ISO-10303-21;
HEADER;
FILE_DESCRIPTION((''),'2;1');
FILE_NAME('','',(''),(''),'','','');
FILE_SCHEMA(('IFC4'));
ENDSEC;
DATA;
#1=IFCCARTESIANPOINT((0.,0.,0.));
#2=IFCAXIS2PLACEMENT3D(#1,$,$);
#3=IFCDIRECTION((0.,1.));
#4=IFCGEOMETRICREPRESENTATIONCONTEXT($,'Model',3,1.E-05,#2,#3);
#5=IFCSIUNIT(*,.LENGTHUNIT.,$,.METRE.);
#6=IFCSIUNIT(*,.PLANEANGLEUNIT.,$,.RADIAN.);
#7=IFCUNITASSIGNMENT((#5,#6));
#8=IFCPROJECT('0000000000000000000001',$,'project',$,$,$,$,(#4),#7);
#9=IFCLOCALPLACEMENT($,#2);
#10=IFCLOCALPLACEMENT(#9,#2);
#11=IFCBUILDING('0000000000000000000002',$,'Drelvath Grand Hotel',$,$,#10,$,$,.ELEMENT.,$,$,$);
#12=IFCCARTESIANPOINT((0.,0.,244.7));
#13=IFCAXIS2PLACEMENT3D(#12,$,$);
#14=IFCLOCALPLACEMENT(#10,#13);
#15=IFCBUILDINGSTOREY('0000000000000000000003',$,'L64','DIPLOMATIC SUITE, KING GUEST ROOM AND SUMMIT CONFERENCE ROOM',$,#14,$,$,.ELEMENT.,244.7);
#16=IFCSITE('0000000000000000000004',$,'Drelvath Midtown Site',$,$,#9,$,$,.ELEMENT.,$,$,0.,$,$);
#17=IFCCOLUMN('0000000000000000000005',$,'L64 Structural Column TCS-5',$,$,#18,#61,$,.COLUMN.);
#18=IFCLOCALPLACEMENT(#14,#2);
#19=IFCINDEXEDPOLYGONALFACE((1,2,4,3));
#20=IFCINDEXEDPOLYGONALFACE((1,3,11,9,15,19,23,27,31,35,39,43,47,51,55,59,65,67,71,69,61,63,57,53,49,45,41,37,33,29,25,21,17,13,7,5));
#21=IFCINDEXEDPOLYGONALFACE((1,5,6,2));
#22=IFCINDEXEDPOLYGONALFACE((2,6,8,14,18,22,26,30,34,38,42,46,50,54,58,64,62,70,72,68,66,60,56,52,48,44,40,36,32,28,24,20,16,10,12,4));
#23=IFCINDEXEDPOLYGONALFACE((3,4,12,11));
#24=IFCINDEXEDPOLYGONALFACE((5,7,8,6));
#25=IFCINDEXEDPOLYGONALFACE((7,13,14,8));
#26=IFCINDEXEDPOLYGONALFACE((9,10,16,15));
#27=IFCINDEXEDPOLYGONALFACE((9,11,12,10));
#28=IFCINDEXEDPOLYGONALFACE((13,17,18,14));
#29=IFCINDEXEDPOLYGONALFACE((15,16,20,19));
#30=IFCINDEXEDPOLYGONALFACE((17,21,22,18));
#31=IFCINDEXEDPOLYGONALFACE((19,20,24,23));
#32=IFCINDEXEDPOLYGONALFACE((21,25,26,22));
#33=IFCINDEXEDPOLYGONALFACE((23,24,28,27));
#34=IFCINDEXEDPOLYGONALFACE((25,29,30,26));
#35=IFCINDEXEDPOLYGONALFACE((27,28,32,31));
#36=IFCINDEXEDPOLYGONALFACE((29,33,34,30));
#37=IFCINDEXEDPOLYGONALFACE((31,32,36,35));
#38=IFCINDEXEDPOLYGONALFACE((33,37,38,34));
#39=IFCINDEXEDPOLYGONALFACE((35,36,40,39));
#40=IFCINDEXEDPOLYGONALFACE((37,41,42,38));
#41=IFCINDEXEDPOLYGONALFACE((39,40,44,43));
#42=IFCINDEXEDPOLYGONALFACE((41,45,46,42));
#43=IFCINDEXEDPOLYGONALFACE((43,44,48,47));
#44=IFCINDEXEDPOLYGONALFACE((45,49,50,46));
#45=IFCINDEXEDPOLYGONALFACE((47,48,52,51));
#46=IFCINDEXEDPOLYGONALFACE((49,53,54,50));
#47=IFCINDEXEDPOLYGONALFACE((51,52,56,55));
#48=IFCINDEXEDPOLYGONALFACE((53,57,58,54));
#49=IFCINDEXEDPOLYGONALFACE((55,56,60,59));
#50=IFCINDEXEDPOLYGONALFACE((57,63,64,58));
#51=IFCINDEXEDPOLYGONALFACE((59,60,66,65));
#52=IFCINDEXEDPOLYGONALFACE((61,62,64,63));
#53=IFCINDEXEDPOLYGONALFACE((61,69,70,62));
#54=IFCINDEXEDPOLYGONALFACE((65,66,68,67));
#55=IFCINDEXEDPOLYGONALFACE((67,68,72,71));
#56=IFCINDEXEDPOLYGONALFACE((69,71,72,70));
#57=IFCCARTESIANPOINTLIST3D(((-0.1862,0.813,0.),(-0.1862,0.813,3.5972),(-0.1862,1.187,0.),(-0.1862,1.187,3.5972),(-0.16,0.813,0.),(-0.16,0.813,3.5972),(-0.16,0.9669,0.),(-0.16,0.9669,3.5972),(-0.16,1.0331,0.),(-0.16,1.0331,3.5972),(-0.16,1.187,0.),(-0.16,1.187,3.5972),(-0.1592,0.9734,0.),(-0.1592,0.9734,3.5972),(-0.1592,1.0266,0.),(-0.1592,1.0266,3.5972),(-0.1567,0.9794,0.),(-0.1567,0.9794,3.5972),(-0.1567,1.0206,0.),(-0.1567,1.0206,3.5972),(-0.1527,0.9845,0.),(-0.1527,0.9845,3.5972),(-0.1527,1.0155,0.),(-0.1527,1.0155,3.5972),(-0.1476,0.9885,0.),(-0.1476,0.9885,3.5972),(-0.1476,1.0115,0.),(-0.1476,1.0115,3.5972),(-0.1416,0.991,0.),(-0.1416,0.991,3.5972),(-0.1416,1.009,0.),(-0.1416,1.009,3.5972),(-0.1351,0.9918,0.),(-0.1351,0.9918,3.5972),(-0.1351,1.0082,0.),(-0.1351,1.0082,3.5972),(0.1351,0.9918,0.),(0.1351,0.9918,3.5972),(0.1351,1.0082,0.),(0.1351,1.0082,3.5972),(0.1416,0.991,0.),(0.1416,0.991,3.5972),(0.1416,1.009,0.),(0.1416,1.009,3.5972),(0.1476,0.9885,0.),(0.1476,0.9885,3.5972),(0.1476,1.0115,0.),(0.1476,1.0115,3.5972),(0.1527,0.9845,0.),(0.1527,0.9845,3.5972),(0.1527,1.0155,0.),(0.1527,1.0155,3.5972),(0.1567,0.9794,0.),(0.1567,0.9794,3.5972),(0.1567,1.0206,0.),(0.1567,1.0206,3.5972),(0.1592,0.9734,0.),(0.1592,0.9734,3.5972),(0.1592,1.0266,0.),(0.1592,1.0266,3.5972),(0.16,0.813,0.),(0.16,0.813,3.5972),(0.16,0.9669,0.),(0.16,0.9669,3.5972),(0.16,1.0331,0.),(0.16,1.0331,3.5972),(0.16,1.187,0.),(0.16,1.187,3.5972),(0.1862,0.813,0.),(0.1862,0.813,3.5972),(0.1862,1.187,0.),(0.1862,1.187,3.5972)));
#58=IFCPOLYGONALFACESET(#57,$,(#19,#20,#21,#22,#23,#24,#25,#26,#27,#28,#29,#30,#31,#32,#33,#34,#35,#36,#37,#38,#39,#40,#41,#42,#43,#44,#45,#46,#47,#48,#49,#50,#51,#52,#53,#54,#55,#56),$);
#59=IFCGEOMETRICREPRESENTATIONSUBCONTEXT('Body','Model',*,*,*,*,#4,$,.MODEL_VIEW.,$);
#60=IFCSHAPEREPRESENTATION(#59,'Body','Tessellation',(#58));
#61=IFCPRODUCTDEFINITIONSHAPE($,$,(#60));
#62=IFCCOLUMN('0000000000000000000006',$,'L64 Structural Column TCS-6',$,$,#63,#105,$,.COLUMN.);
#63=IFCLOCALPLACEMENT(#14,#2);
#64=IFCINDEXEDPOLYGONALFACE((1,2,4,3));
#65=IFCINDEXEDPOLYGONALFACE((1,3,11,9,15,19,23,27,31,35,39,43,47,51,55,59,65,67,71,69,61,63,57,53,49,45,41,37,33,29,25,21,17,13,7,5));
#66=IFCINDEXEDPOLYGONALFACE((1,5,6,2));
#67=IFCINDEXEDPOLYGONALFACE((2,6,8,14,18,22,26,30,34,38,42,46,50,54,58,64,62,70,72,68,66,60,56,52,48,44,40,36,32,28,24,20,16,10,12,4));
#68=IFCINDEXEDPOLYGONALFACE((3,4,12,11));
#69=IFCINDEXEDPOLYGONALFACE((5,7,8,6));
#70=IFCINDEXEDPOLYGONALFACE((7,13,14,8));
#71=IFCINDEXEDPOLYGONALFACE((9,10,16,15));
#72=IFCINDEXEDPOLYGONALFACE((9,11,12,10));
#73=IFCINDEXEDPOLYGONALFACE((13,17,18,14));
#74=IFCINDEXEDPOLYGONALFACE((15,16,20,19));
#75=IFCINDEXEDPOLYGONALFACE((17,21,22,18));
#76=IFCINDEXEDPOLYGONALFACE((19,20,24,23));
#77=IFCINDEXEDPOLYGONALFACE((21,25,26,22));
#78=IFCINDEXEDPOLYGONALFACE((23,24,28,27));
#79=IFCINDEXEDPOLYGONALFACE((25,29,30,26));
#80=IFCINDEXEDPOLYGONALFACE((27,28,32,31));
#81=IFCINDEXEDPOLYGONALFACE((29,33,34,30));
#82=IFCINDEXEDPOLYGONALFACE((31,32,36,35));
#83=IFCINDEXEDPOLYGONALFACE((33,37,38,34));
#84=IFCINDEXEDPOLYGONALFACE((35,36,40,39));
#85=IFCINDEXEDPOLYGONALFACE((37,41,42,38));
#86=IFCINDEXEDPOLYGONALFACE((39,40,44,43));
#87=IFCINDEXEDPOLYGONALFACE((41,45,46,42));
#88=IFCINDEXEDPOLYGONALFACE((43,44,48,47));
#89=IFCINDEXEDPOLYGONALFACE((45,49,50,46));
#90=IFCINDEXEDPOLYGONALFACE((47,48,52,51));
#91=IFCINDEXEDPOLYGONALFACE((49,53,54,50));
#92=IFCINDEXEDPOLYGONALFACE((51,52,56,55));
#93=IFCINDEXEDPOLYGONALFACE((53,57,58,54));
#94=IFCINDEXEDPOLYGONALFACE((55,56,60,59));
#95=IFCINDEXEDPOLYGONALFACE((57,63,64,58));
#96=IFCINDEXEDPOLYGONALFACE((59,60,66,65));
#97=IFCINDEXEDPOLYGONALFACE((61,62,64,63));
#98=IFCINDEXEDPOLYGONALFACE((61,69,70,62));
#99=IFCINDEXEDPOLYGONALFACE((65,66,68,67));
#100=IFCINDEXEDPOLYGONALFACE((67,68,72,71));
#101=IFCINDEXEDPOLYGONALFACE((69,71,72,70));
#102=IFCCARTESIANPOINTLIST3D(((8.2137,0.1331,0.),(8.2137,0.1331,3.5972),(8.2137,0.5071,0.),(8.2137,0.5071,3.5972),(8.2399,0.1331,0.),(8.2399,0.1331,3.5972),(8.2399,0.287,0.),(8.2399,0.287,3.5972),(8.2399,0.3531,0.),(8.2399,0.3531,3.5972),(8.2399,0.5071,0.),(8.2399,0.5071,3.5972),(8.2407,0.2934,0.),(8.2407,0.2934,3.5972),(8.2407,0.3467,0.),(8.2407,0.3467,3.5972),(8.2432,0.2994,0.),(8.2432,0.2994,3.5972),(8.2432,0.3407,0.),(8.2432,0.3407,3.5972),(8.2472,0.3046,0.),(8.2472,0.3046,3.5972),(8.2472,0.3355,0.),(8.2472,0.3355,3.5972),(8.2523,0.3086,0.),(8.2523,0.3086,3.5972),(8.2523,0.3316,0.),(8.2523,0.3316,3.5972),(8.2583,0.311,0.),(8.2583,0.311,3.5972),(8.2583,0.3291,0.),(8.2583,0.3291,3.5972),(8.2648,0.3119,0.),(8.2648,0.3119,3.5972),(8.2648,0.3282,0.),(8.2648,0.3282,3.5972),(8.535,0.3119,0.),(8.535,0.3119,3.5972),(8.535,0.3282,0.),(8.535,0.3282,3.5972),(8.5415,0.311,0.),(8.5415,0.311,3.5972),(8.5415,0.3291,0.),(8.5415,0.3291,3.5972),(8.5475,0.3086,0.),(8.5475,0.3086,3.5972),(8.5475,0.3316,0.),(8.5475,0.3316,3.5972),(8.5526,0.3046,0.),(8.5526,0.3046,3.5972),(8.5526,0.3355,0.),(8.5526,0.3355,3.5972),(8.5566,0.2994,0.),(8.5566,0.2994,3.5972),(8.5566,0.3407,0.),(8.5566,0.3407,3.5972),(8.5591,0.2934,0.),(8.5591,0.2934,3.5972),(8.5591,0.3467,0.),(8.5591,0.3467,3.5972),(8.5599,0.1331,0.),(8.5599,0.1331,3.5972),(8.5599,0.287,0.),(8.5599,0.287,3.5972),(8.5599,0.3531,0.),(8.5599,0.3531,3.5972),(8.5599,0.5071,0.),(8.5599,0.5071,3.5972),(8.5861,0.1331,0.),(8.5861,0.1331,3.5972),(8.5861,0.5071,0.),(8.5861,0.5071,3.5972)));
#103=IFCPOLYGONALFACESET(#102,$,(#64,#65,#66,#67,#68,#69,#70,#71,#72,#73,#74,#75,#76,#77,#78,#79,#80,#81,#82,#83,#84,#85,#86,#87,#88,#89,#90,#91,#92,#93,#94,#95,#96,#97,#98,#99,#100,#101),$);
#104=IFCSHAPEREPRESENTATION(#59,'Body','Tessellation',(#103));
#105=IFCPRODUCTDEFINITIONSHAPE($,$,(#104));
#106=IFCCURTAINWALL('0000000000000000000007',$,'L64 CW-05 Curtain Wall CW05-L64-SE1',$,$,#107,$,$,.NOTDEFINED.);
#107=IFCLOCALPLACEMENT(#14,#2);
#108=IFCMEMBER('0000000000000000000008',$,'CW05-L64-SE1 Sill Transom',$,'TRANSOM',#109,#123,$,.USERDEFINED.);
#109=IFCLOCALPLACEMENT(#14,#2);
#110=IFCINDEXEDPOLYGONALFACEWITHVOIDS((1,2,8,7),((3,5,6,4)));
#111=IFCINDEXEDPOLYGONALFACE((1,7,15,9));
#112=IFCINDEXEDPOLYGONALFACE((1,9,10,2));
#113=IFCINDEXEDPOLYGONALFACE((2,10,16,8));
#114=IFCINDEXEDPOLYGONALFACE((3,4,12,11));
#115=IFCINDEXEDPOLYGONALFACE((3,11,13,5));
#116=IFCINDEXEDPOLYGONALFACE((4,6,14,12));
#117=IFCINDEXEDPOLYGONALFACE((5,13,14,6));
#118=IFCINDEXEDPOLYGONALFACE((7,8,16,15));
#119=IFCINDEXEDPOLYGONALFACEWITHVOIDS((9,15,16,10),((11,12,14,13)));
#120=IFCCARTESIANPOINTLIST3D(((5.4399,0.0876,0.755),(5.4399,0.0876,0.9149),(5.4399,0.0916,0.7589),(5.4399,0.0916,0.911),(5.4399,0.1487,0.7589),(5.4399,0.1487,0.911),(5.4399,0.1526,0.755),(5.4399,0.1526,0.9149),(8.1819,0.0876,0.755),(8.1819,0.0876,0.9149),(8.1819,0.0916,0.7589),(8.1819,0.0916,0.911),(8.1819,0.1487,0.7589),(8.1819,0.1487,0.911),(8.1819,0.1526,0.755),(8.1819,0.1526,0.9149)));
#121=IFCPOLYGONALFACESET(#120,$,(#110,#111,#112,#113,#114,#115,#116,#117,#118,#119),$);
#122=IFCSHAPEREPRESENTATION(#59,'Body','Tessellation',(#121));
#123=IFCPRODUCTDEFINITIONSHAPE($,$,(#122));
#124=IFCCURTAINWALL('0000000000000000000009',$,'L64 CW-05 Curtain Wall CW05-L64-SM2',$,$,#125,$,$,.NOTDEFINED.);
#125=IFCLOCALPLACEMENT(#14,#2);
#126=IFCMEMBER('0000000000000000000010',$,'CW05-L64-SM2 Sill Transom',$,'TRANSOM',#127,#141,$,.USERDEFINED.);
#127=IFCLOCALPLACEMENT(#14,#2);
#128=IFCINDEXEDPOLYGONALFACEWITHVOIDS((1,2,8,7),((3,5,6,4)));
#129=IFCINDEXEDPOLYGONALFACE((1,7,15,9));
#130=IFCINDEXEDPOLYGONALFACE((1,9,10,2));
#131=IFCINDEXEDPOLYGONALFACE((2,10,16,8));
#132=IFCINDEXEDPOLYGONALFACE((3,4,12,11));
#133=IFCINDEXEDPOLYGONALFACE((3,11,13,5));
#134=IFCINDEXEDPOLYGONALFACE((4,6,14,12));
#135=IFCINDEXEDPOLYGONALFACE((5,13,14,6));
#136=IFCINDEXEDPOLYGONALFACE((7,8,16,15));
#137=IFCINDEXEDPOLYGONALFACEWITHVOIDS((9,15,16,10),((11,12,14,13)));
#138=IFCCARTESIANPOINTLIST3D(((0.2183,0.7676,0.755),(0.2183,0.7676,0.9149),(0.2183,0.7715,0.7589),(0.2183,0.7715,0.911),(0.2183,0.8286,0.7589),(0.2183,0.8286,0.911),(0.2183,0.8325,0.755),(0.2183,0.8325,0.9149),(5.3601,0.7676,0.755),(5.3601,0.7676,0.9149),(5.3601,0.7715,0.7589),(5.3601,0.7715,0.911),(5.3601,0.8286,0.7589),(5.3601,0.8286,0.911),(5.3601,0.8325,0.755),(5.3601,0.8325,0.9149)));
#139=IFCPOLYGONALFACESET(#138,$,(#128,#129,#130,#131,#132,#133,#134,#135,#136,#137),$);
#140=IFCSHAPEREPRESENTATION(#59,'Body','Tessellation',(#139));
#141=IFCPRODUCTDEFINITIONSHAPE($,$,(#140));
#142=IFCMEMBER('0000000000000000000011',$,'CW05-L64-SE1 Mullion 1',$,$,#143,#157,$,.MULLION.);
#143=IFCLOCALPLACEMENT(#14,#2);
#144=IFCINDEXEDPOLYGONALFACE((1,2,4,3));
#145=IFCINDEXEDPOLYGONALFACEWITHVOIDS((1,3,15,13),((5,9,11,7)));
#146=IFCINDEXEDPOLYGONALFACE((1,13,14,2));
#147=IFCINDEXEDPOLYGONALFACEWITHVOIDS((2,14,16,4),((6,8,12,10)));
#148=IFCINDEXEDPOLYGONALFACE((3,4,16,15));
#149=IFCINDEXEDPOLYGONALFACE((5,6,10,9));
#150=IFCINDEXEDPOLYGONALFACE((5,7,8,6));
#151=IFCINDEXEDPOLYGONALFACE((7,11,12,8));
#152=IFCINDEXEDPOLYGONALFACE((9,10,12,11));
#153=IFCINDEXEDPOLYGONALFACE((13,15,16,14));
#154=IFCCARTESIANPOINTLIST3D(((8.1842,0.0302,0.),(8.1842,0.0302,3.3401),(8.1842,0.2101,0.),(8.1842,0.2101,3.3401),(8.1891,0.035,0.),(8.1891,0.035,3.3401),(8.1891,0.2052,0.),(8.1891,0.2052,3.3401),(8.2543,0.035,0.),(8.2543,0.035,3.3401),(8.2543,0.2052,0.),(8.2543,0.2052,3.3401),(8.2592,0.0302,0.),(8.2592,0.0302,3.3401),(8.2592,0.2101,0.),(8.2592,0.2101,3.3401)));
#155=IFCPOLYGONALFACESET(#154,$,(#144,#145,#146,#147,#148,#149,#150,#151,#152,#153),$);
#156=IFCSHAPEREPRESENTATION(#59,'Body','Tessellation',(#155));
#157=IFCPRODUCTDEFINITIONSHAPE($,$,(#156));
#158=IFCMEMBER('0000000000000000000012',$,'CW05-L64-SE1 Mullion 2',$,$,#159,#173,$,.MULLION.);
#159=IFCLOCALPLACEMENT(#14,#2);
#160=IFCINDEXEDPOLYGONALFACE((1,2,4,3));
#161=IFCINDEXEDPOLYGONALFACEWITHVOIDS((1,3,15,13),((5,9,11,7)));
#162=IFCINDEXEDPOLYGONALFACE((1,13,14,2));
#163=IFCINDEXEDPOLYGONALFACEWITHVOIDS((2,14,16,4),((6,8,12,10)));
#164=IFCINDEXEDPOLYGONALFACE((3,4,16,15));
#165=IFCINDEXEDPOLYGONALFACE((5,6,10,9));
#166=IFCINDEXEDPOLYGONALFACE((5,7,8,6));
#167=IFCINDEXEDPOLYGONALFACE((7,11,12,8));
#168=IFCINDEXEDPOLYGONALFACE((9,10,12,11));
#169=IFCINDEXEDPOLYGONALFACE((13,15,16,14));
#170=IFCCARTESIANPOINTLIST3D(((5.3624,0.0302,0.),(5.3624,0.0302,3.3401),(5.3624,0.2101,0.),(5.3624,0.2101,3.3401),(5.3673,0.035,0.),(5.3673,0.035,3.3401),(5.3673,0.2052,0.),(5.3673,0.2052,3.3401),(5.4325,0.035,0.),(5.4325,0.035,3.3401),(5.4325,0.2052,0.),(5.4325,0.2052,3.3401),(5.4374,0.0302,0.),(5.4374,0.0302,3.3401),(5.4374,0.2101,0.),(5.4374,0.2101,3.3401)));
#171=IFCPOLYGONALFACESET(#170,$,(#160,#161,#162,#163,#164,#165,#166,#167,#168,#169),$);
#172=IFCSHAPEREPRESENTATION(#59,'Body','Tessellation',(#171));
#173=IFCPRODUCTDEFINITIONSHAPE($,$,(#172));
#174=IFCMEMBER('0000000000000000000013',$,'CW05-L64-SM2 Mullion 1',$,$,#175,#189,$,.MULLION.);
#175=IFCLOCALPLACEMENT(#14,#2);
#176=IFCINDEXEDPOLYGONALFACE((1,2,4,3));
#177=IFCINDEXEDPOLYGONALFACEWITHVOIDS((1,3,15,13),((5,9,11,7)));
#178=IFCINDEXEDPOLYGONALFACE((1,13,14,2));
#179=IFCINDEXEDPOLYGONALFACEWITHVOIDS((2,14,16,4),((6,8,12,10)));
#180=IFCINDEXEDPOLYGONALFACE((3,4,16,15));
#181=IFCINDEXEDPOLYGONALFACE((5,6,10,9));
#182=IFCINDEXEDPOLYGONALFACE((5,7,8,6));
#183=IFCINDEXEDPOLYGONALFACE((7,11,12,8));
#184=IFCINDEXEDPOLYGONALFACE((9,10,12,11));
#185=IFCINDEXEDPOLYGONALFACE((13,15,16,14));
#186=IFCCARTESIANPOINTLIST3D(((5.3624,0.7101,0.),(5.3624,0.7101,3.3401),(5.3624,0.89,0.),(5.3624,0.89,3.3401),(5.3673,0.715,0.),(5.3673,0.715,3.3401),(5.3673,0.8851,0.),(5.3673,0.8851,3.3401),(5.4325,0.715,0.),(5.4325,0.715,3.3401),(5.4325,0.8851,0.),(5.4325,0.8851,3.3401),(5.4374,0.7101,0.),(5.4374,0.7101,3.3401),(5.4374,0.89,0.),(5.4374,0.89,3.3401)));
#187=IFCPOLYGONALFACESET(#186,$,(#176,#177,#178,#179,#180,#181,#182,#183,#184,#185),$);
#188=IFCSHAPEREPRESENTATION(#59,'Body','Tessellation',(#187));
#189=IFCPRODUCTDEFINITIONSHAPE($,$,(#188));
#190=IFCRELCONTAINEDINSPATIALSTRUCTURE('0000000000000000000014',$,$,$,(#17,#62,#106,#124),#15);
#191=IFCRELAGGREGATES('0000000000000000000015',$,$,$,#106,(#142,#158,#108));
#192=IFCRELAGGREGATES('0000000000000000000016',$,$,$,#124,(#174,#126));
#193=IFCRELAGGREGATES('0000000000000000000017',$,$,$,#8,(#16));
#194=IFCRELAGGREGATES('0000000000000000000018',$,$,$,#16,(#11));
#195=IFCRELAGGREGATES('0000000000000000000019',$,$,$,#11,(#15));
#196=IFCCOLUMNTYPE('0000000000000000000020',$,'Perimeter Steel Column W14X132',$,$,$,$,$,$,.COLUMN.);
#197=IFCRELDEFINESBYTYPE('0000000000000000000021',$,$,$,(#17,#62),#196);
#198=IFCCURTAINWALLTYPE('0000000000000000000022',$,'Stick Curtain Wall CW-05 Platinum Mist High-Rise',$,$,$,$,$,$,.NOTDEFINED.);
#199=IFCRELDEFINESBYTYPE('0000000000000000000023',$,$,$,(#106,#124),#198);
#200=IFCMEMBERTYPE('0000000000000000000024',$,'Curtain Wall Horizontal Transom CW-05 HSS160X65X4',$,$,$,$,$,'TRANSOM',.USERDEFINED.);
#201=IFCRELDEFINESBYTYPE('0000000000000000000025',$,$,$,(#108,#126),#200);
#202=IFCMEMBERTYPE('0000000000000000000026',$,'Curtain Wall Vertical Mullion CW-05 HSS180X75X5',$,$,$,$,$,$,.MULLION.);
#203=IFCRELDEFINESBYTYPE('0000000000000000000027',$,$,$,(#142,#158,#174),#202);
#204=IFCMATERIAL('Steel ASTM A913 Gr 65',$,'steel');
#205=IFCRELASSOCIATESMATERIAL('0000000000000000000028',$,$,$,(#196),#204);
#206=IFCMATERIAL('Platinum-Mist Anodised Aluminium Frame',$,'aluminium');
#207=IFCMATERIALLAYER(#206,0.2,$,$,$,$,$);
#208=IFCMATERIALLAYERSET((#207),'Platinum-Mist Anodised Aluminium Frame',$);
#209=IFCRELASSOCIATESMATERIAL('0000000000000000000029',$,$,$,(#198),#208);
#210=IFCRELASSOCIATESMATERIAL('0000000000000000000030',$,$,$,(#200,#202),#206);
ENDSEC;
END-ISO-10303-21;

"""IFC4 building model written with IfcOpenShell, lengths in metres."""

from ifc_helpers import new_model, si_unit, direction, frame, origin, origin_2d, place, context, subcontext, project, spatial, hollow_rectangle, i_section, extrude, material, layer, layer_set, material_profile, profile_set, type_object, element, aggregate, save


model = new_model("IFC4")

# Units and contexts
model_context = context("Model", 3, precision=1e-05, world=origin(), true_north=direction((0.0, 1.0)))
body_context = subcontext(model_context, "Body", "Model", "MODEL_VIEW")
ifc_project = project(units=[si_unit("LENGTHUNIT", "METRE"), si_unit("PLANEANGLEUNIT", "RADIAN")], contexts=[model_context])

# Site, building, storey
site_placement = place(None, origin())
site = spatial("IfcSite", under=ifc_project, at=site_placement, Name="Drelvath Midtown Site", CompositionType="ELEMENT", RefElevation=0.0)
building_placement = place(site_placement, origin())
building = spatial("IfcBuilding", under=site, at=building_placement, Name="Drelvath Grand Hotel", CompositionType="ELEMENT")
storey_placement = place(building_placement, frame((0.0, 0.0, 244.7)))
storey = spatial("IfcBuildingStorey", under=building, at=storey_placement, Name="L64", Description="DIPLOMATIC SUITE, KING GUEST ROOM AND SUMMIT CONFERENCE ROOM", CompositionType="ELEMENT", Elevation=244.7)

# Columns
ifc_material_1 = material(Name="Steel ASTM A913 Gr 65", Category="steel")
ifc_material_profile_1 = material_profile(ifc_material_1, i_section(OverallWidth=0.374, OverallDepth=0.3723, WebThickness=0.0164, FlangeThickness=0.0261, FilletRadius=0.0249, at=origin_2d()), Name="W14X132")
ifc_profile_set_1 = profile_set([ifc_material_profile_1], Name="Steel ASTM A913 Gr 65")
column_type = type_object("IfcColumnType", Name="Perimeter Steel Column W14X132", PredefinedType="COLUMN", material=ifc_profile_set_1)
for number, where, z_axis, x_axis, name in (
    (1, (0.0, 1.0, 0.0), (0.0, 0.0, 1.0), (0.0, 1.0, 0.0), "L64 Structural Column TCS-5"),
    (2, (8.3999, 0.3201, 0.0), (0.0, 0.0, 1.0), (0.0, 1.0, 0.0), "L64 Structural Column TCS-6"),
):
    element("IfcColumn", number, at=place(storey_placement, frame(where, z_axis=z_axis, x_axis=x_axis)), inside=storey, type_object=column_type, Name=name, PredefinedType="COLUMN", context=body_context, shape_type="SweptSolid", body=[
        extrude(i_section(OverallWidth=0.374, OverallDepth=0.3723, WebThickness=0.0164, FlangeThickness=0.0261, FilletRadius=0.0249, at=origin_2d()), origin(), (0.0, 0.0, 1.0), 3.5972),
    ])

# Curtain walls, members
ifc_material_2 = material(Name="Platinum-Mist Anodised Aluminium Frame", Category="aluminium")
ifc_layer_1 = layer(ifc_material_2, 0.2)
ifc_layer_set_1 = layer_set([ifc_layer_1], Name="Platinum-Mist Anodised Aluminium Frame")
curtain_wall_type = type_object("IfcCurtainWallType", Name="Stick Curtain Wall CW-05 Platinum Mist High-Rise", PredefinedType="NOTDEFINED", material=ifc_layer_set_1)
curtain_wall_1_placement = place(storey_placement, origin())
curtain_wall_1 = element("IfcCurtainWall", 3, at=curtain_wall_1_placement, inside=storey, type_object=curtain_wall_type, Name="L64 CW-05 Curtain Wall CW05-L64-SE1", PredefinedType="NOTDEFINED")
ifc_material_profile_2 = material_profile(ifc_material_2, hollow_rectangle(XDim=0.0649, YDim=0.1599, WallThickness=0.0039, at=origin_2d()), Name="HSS160X65X4")
ifc_profile_set_2 = profile_set([ifc_material_profile_2], Name="Platinum-Mist Anodised Aluminium Frame")
member_type_1 = type_object("IfcMemberType", Name="Curtain Wall Horizontal Transom CW-05 HSS160X65X4", ElementType="TRANSOM", PredefinedType="USERDEFINED", material=ifc_profile_set_2)
member_1_placement = place(storey_placement, frame((8.1819, 0.1201, 0.835), z_axis=(-1.0, 0.0, 0.0), x_axis=(0.0, -1.0, 0.0)))
member_1 = element("IfcMember", 4, at=member_1_placement, type_object=member_type_1, Name="CW05-L64-SE1 Sill Transom", ObjectType="TRANSOM", PredefinedType="USERDEFINED", context=body_context, shape_type="SweptSolid", body=[
    extrude(hollow_rectangle(XDim=0.0649, YDim=0.1599, WallThickness=0.0039, at=origin_2d()), origin(), (0.0, 0.0, 1.0), 2.7419),
])
curtain_wall_2_placement = place(storey_placement, origin())
curtain_wall_2 = element("IfcCurtainWall", 5, at=curtain_wall_2_placement, inside=storey, type_object=curtain_wall_type, Name="L64 CW-05 Curtain Wall CW05-L64-SM2", PredefinedType="NOTDEFINED")
member_2_placement = place(storey_placement, frame((5.3601, 0.8, 0.835), z_axis=(-1.0, 0.0, 0.0), x_axis=(0.0, -1.0, 0.0)))
member_2 = element("IfcMember", 6, at=member_2_placement, type_object=member_type_1, Name="CW05-L64-SM2 Sill Transom", ObjectType="TRANSOM", PredefinedType="USERDEFINED", context=body_context, shape_type="SweptSolid", body=[
    extrude(hollow_rectangle(XDim=0.0649, YDim=0.1599, WallThickness=0.0039, at=origin_2d()), origin(), (0.0, 0.0, 1.0), 5.1418),
])

# Members
ifc_material_profile_3 = material_profile(ifc_material_2, hollow_rectangle(XDim=0.075, YDim=0.1799, WallThickness=0.0049, at=origin_2d()), Name="HSS180X75X5")
ifc_profile_set_3 = profile_set([ifc_material_profile_3], Name="Platinum-Mist Anodised Aluminium Frame")
member_type_2 = type_object("IfcMemberType", Name="Curtain Wall Vertical Mullion CW-05 HSS180X75X5", PredefinedType="MULLION", material=ifc_profile_set_3)
member_3_placement = place(storey_placement, frame((8.2217, 0.1201, 0.0), z_axis=(0.0, 0.0, 1.0), x_axis=(1.0, 0.0, 0.0)))
member_3 = element("IfcMember", 7, at=member_3_placement, type_object=member_type_2, Name="CW05-L64-SE1 Mullion 1", PredefinedType="MULLION", context=body_context, shape_type="SweptSolid", body=[
    extrude(hollow_rectangle(XDim=0.075, YDim=0.1799, WallThickness=0.0049, at=origin_2d()), origin(), (0.0, 0.0, 1.0), 3.3401),
])
member_4_placement = place(storey_placement, frame((5.3999, 0.1201, 0.0), z_axis=(0.0, 0.0, 1.0), x_axis=(1.0, 0.0, 0.0)))
member_4 = element("IfcMember", 8, at=member_4_placement, type_object=member_type_2, Name="CW05-L64-SE1 Mullion 2", PredefinedType="MULLION", context=body_context, shape_type="SweptSolid", body=[
    extrude(hollow_rectangle(XDim=0.075, YDim=0.1799, WallThickness=0.0049, at=origin_2d()), origin(), (0.0, 0.0, 1.0), 3.3401),
])
member_5_placement = place(storey_placement, frame((5.3999, 0.8, 0.0), z_axis=(0.0, 0.0, 1.0), x_axis=(1.0, 0.0, 0.0)))
member_5 = element("IfcMember", 9, at=member_5_placement, type_object=member_type_2, Name="CW05-L64-SM2 Mullion 1", PredefinedType="MULLION", context=body_context, shape_type="SweptSolid", body=[
    extrude(hollow_rectangle(XDim=0.075, YDim=0.1799, WallThickness=0.0049, at=origin_2d()), origin(), (0.0, 0.0, 1.0), 3.3401),
])

aggregate(curtain_wall_1, [member_3, member_4, member_1])
aggregate(curtain_wall_2, [member_5, member_2])

save(model, "model.ifc")
